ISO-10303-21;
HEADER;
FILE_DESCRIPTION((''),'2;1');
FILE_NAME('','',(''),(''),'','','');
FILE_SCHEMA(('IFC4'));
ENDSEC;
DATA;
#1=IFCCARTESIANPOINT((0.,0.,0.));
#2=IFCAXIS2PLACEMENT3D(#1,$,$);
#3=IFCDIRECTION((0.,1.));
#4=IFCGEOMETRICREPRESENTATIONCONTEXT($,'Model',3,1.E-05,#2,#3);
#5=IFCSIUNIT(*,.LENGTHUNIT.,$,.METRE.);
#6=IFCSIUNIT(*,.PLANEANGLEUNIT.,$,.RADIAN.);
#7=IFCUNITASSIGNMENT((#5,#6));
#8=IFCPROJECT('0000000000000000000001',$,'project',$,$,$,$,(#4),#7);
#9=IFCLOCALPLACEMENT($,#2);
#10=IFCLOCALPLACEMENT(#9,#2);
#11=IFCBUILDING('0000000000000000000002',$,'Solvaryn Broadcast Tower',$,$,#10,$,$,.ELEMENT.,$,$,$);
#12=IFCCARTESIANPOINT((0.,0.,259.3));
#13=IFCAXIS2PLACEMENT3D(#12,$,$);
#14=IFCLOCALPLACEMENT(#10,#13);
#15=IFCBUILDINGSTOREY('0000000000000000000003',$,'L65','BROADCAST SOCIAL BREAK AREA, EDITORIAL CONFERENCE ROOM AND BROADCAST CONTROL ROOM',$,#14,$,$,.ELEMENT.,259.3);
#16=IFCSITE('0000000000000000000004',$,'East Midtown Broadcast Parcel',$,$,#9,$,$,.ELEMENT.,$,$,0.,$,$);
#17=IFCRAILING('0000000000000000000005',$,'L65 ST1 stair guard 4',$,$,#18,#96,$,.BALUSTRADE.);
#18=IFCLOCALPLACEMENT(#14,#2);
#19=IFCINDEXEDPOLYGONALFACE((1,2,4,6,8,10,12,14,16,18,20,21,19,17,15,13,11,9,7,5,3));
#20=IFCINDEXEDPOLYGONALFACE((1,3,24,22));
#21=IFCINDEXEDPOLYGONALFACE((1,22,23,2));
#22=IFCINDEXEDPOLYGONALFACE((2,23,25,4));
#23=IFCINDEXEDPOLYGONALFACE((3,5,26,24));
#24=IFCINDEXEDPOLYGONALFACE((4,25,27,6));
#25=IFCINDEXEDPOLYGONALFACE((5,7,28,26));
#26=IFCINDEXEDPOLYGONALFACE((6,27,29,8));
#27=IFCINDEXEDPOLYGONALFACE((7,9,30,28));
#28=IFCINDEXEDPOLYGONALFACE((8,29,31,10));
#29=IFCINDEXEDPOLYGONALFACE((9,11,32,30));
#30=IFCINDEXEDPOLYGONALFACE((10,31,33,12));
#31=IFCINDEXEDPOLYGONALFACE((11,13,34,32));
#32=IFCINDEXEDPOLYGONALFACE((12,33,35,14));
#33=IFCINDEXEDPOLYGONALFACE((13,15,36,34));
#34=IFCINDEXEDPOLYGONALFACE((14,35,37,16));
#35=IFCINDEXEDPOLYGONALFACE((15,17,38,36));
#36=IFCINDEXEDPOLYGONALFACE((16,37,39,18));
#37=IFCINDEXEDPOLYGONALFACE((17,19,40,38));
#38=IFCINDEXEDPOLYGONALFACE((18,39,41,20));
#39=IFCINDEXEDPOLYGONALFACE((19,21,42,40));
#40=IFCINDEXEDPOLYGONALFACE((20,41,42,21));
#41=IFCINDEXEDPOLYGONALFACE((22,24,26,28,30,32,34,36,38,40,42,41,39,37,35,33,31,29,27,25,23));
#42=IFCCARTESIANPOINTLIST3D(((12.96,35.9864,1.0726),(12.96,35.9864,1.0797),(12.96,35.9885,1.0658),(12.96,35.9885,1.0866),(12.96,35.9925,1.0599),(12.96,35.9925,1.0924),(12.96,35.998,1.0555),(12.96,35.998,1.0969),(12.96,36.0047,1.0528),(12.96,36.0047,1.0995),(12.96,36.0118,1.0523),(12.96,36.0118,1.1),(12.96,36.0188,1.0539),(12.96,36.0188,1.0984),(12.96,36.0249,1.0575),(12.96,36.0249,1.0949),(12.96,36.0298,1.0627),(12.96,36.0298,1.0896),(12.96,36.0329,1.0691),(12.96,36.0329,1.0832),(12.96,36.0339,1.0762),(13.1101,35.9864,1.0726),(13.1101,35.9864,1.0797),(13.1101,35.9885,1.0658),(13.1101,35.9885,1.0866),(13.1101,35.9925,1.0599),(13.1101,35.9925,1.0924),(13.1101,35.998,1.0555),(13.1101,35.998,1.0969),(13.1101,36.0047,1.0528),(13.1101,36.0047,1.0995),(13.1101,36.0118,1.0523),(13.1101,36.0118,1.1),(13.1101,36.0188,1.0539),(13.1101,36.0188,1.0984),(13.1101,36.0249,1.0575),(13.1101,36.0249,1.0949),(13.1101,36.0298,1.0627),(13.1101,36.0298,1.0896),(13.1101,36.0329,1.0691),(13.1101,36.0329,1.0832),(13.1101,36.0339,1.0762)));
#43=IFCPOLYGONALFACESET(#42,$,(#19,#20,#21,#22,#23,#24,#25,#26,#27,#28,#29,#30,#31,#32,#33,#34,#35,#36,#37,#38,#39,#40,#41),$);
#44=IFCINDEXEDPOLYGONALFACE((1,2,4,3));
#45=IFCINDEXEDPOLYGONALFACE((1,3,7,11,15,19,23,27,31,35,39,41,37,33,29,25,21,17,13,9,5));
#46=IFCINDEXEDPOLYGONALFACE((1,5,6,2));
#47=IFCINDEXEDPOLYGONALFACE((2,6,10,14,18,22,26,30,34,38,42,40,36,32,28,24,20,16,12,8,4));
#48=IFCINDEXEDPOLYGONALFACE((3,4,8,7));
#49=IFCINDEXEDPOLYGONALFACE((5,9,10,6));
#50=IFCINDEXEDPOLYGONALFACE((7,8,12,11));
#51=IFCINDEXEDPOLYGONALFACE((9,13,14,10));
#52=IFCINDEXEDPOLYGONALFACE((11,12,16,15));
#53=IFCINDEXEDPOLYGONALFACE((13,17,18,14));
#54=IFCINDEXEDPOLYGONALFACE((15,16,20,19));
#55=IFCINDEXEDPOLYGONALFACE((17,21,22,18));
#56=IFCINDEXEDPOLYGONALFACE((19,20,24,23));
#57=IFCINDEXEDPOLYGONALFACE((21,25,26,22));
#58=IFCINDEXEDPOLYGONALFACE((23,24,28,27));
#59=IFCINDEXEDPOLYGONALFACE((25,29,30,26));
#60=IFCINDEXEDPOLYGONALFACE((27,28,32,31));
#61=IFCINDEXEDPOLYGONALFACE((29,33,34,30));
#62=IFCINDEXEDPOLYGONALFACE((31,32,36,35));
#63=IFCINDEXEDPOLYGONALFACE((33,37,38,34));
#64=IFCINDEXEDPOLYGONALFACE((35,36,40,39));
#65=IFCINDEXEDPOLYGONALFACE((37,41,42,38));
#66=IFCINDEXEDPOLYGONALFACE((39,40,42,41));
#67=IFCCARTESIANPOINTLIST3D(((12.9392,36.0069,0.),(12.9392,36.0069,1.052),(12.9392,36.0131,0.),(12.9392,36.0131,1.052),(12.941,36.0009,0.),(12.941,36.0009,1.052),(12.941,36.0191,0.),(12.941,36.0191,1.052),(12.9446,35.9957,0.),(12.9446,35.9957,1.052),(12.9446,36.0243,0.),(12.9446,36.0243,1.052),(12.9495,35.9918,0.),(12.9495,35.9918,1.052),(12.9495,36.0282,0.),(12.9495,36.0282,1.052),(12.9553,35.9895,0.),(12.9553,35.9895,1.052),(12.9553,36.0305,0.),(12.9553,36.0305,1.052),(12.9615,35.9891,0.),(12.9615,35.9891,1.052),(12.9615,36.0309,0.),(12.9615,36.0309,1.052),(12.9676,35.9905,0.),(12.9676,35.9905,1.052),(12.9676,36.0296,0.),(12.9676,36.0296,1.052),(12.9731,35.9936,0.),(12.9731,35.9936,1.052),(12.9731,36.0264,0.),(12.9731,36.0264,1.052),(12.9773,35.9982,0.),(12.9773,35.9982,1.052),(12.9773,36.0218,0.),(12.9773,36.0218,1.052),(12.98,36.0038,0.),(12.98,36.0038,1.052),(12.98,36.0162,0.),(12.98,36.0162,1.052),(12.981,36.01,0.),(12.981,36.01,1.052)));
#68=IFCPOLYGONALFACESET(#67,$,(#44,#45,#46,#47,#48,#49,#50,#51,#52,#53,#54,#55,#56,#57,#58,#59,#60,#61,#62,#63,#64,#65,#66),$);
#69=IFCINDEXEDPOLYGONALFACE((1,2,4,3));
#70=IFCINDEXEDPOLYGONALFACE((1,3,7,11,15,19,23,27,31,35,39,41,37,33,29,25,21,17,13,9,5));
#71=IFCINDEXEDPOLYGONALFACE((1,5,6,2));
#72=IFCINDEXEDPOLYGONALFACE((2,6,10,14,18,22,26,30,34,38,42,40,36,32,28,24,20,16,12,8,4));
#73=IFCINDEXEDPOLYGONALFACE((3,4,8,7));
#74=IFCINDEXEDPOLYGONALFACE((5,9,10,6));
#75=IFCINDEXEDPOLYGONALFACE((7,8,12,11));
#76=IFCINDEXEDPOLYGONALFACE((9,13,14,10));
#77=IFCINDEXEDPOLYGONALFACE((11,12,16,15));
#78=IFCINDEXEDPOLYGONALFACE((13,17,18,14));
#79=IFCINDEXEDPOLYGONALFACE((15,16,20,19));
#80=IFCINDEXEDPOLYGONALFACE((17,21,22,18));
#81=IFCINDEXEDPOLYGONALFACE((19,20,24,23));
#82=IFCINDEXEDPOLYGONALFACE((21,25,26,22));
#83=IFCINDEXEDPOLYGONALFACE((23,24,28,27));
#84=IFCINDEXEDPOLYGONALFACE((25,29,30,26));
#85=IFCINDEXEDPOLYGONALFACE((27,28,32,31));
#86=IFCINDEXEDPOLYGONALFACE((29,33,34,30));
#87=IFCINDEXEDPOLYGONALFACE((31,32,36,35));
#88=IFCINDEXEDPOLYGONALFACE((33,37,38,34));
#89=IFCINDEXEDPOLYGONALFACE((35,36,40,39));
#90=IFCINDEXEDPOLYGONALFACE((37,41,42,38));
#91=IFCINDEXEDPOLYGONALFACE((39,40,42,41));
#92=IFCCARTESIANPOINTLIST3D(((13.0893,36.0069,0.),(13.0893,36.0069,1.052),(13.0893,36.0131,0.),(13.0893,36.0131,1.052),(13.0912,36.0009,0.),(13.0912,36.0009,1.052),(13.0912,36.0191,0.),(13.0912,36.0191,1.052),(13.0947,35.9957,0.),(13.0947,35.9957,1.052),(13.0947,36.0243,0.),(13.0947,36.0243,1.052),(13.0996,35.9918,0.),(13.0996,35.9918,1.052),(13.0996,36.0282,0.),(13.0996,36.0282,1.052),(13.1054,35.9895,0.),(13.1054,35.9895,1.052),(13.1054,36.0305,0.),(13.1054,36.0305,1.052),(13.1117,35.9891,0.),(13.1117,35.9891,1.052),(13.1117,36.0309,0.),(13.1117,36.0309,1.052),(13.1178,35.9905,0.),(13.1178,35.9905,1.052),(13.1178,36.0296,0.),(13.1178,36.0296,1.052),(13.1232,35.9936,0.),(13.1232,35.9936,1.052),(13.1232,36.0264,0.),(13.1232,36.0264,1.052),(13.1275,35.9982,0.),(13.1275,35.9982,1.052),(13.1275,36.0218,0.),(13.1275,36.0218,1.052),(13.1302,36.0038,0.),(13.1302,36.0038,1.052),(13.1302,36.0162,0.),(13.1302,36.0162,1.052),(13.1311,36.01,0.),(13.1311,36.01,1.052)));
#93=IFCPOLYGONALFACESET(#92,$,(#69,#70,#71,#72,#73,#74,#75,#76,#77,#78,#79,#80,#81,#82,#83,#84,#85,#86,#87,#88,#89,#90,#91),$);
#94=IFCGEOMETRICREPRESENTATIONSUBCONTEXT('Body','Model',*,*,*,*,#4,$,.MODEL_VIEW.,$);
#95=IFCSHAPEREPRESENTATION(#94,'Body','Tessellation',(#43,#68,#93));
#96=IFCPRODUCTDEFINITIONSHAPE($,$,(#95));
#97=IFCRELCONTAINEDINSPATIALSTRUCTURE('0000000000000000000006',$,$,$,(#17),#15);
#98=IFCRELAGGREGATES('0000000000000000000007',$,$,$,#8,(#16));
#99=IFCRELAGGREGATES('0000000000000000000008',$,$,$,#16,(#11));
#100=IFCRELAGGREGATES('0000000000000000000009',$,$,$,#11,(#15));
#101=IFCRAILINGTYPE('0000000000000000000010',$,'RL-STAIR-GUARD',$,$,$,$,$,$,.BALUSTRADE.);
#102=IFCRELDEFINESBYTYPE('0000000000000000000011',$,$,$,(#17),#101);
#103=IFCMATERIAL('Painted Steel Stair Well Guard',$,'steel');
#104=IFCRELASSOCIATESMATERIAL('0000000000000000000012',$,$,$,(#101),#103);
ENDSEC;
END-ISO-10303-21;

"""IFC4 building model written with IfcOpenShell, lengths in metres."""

from ifc_helpers import new_model, si_unit, direction, frame, origin, origin_2d, place, context, subcontext, project, spatial, circle, extrude, material, type_object, element, save


model = new_model("IFC4")

# Units and contexts
model_context = context("Model", 3, precision=1e-05, world=origin(), true_north=direction((0.0, 1.0)))
body_context = subcontext(model_context, "Body", "Model", "MODEL_VIEW")
ifc_project = project(units=[si_unit("LENGTHUNIT", "METRE"), si_unit("PLANEANGLEUNIT", "RADIAN")], contexts=[model_context])

# Site, building, storey
site_placement = place(None, origin())
site = spatial("IfcSite", under=ifc_project, at=site_placement, Name="East Midtown Broadcast Parcel", CompositionType="ELEMENT", RefElevation=0.0)
building_placement = place(site_placement, origin())
building = spatial("IfcBuilding", under=site, at=building_placement, Name="Solvaryn Broadcast Tower", CompositionType="ELEMENT")
storey_placement = place(building_placement, frame((0.0, 0.0, 259.3)))
storey = spatial("IfcBuildingStorey", under=building, at=storey_placement, Name="L65", Description="BROADCAST SOCIAL BREAK AREA, EDITORIAL CONFERENCE ROOM AND BROADCAST CONTROL ROOM", CompositionType="ELEMENT", Elevation=259.3)

# Railing
ifc_material_1 = material(Name="Painted Steel Stair Well Guard", Category="steel")
railing_type_1 = type_object("IfcRailingType", Name="RL-STAIR-GUARD", PredefinedType="BALUSTRADE", material=ifc_material_1)
railing_1_placement = place(storey_placement, frame((12.96, 36.01, 0.0)))
element("IfcRailing", 1, at=railing_1_placement, inside=storey, type_object=railing_type_1, Name="L65 ST1 stair guard 4", PredefinedType="BALUSTRADE", context=body_context, shape_type="SweptSolid", body=[
    extrude(circle(Radius=0.0239, at=origin_2d()), frame((0.0, 0.0, 1.0762), z_axis=(1.0, 0.0, 0.0), x_axis=(0.0, 1.0, 0.0)), (0.0, 0.0, 1.0), 0.1501),
    extrude(circle(Radius=0.021, at=origin_2d()), origin(), (0.0, 0.0, 1.0), 1.052),
    extrude(circle(Radius=0.021, at=origin_2d()), frame((0.1501, 0.0, 0.0)), (0.0, 0.0, 1.0), 1.052),
])

save(model, "model.ifc")
